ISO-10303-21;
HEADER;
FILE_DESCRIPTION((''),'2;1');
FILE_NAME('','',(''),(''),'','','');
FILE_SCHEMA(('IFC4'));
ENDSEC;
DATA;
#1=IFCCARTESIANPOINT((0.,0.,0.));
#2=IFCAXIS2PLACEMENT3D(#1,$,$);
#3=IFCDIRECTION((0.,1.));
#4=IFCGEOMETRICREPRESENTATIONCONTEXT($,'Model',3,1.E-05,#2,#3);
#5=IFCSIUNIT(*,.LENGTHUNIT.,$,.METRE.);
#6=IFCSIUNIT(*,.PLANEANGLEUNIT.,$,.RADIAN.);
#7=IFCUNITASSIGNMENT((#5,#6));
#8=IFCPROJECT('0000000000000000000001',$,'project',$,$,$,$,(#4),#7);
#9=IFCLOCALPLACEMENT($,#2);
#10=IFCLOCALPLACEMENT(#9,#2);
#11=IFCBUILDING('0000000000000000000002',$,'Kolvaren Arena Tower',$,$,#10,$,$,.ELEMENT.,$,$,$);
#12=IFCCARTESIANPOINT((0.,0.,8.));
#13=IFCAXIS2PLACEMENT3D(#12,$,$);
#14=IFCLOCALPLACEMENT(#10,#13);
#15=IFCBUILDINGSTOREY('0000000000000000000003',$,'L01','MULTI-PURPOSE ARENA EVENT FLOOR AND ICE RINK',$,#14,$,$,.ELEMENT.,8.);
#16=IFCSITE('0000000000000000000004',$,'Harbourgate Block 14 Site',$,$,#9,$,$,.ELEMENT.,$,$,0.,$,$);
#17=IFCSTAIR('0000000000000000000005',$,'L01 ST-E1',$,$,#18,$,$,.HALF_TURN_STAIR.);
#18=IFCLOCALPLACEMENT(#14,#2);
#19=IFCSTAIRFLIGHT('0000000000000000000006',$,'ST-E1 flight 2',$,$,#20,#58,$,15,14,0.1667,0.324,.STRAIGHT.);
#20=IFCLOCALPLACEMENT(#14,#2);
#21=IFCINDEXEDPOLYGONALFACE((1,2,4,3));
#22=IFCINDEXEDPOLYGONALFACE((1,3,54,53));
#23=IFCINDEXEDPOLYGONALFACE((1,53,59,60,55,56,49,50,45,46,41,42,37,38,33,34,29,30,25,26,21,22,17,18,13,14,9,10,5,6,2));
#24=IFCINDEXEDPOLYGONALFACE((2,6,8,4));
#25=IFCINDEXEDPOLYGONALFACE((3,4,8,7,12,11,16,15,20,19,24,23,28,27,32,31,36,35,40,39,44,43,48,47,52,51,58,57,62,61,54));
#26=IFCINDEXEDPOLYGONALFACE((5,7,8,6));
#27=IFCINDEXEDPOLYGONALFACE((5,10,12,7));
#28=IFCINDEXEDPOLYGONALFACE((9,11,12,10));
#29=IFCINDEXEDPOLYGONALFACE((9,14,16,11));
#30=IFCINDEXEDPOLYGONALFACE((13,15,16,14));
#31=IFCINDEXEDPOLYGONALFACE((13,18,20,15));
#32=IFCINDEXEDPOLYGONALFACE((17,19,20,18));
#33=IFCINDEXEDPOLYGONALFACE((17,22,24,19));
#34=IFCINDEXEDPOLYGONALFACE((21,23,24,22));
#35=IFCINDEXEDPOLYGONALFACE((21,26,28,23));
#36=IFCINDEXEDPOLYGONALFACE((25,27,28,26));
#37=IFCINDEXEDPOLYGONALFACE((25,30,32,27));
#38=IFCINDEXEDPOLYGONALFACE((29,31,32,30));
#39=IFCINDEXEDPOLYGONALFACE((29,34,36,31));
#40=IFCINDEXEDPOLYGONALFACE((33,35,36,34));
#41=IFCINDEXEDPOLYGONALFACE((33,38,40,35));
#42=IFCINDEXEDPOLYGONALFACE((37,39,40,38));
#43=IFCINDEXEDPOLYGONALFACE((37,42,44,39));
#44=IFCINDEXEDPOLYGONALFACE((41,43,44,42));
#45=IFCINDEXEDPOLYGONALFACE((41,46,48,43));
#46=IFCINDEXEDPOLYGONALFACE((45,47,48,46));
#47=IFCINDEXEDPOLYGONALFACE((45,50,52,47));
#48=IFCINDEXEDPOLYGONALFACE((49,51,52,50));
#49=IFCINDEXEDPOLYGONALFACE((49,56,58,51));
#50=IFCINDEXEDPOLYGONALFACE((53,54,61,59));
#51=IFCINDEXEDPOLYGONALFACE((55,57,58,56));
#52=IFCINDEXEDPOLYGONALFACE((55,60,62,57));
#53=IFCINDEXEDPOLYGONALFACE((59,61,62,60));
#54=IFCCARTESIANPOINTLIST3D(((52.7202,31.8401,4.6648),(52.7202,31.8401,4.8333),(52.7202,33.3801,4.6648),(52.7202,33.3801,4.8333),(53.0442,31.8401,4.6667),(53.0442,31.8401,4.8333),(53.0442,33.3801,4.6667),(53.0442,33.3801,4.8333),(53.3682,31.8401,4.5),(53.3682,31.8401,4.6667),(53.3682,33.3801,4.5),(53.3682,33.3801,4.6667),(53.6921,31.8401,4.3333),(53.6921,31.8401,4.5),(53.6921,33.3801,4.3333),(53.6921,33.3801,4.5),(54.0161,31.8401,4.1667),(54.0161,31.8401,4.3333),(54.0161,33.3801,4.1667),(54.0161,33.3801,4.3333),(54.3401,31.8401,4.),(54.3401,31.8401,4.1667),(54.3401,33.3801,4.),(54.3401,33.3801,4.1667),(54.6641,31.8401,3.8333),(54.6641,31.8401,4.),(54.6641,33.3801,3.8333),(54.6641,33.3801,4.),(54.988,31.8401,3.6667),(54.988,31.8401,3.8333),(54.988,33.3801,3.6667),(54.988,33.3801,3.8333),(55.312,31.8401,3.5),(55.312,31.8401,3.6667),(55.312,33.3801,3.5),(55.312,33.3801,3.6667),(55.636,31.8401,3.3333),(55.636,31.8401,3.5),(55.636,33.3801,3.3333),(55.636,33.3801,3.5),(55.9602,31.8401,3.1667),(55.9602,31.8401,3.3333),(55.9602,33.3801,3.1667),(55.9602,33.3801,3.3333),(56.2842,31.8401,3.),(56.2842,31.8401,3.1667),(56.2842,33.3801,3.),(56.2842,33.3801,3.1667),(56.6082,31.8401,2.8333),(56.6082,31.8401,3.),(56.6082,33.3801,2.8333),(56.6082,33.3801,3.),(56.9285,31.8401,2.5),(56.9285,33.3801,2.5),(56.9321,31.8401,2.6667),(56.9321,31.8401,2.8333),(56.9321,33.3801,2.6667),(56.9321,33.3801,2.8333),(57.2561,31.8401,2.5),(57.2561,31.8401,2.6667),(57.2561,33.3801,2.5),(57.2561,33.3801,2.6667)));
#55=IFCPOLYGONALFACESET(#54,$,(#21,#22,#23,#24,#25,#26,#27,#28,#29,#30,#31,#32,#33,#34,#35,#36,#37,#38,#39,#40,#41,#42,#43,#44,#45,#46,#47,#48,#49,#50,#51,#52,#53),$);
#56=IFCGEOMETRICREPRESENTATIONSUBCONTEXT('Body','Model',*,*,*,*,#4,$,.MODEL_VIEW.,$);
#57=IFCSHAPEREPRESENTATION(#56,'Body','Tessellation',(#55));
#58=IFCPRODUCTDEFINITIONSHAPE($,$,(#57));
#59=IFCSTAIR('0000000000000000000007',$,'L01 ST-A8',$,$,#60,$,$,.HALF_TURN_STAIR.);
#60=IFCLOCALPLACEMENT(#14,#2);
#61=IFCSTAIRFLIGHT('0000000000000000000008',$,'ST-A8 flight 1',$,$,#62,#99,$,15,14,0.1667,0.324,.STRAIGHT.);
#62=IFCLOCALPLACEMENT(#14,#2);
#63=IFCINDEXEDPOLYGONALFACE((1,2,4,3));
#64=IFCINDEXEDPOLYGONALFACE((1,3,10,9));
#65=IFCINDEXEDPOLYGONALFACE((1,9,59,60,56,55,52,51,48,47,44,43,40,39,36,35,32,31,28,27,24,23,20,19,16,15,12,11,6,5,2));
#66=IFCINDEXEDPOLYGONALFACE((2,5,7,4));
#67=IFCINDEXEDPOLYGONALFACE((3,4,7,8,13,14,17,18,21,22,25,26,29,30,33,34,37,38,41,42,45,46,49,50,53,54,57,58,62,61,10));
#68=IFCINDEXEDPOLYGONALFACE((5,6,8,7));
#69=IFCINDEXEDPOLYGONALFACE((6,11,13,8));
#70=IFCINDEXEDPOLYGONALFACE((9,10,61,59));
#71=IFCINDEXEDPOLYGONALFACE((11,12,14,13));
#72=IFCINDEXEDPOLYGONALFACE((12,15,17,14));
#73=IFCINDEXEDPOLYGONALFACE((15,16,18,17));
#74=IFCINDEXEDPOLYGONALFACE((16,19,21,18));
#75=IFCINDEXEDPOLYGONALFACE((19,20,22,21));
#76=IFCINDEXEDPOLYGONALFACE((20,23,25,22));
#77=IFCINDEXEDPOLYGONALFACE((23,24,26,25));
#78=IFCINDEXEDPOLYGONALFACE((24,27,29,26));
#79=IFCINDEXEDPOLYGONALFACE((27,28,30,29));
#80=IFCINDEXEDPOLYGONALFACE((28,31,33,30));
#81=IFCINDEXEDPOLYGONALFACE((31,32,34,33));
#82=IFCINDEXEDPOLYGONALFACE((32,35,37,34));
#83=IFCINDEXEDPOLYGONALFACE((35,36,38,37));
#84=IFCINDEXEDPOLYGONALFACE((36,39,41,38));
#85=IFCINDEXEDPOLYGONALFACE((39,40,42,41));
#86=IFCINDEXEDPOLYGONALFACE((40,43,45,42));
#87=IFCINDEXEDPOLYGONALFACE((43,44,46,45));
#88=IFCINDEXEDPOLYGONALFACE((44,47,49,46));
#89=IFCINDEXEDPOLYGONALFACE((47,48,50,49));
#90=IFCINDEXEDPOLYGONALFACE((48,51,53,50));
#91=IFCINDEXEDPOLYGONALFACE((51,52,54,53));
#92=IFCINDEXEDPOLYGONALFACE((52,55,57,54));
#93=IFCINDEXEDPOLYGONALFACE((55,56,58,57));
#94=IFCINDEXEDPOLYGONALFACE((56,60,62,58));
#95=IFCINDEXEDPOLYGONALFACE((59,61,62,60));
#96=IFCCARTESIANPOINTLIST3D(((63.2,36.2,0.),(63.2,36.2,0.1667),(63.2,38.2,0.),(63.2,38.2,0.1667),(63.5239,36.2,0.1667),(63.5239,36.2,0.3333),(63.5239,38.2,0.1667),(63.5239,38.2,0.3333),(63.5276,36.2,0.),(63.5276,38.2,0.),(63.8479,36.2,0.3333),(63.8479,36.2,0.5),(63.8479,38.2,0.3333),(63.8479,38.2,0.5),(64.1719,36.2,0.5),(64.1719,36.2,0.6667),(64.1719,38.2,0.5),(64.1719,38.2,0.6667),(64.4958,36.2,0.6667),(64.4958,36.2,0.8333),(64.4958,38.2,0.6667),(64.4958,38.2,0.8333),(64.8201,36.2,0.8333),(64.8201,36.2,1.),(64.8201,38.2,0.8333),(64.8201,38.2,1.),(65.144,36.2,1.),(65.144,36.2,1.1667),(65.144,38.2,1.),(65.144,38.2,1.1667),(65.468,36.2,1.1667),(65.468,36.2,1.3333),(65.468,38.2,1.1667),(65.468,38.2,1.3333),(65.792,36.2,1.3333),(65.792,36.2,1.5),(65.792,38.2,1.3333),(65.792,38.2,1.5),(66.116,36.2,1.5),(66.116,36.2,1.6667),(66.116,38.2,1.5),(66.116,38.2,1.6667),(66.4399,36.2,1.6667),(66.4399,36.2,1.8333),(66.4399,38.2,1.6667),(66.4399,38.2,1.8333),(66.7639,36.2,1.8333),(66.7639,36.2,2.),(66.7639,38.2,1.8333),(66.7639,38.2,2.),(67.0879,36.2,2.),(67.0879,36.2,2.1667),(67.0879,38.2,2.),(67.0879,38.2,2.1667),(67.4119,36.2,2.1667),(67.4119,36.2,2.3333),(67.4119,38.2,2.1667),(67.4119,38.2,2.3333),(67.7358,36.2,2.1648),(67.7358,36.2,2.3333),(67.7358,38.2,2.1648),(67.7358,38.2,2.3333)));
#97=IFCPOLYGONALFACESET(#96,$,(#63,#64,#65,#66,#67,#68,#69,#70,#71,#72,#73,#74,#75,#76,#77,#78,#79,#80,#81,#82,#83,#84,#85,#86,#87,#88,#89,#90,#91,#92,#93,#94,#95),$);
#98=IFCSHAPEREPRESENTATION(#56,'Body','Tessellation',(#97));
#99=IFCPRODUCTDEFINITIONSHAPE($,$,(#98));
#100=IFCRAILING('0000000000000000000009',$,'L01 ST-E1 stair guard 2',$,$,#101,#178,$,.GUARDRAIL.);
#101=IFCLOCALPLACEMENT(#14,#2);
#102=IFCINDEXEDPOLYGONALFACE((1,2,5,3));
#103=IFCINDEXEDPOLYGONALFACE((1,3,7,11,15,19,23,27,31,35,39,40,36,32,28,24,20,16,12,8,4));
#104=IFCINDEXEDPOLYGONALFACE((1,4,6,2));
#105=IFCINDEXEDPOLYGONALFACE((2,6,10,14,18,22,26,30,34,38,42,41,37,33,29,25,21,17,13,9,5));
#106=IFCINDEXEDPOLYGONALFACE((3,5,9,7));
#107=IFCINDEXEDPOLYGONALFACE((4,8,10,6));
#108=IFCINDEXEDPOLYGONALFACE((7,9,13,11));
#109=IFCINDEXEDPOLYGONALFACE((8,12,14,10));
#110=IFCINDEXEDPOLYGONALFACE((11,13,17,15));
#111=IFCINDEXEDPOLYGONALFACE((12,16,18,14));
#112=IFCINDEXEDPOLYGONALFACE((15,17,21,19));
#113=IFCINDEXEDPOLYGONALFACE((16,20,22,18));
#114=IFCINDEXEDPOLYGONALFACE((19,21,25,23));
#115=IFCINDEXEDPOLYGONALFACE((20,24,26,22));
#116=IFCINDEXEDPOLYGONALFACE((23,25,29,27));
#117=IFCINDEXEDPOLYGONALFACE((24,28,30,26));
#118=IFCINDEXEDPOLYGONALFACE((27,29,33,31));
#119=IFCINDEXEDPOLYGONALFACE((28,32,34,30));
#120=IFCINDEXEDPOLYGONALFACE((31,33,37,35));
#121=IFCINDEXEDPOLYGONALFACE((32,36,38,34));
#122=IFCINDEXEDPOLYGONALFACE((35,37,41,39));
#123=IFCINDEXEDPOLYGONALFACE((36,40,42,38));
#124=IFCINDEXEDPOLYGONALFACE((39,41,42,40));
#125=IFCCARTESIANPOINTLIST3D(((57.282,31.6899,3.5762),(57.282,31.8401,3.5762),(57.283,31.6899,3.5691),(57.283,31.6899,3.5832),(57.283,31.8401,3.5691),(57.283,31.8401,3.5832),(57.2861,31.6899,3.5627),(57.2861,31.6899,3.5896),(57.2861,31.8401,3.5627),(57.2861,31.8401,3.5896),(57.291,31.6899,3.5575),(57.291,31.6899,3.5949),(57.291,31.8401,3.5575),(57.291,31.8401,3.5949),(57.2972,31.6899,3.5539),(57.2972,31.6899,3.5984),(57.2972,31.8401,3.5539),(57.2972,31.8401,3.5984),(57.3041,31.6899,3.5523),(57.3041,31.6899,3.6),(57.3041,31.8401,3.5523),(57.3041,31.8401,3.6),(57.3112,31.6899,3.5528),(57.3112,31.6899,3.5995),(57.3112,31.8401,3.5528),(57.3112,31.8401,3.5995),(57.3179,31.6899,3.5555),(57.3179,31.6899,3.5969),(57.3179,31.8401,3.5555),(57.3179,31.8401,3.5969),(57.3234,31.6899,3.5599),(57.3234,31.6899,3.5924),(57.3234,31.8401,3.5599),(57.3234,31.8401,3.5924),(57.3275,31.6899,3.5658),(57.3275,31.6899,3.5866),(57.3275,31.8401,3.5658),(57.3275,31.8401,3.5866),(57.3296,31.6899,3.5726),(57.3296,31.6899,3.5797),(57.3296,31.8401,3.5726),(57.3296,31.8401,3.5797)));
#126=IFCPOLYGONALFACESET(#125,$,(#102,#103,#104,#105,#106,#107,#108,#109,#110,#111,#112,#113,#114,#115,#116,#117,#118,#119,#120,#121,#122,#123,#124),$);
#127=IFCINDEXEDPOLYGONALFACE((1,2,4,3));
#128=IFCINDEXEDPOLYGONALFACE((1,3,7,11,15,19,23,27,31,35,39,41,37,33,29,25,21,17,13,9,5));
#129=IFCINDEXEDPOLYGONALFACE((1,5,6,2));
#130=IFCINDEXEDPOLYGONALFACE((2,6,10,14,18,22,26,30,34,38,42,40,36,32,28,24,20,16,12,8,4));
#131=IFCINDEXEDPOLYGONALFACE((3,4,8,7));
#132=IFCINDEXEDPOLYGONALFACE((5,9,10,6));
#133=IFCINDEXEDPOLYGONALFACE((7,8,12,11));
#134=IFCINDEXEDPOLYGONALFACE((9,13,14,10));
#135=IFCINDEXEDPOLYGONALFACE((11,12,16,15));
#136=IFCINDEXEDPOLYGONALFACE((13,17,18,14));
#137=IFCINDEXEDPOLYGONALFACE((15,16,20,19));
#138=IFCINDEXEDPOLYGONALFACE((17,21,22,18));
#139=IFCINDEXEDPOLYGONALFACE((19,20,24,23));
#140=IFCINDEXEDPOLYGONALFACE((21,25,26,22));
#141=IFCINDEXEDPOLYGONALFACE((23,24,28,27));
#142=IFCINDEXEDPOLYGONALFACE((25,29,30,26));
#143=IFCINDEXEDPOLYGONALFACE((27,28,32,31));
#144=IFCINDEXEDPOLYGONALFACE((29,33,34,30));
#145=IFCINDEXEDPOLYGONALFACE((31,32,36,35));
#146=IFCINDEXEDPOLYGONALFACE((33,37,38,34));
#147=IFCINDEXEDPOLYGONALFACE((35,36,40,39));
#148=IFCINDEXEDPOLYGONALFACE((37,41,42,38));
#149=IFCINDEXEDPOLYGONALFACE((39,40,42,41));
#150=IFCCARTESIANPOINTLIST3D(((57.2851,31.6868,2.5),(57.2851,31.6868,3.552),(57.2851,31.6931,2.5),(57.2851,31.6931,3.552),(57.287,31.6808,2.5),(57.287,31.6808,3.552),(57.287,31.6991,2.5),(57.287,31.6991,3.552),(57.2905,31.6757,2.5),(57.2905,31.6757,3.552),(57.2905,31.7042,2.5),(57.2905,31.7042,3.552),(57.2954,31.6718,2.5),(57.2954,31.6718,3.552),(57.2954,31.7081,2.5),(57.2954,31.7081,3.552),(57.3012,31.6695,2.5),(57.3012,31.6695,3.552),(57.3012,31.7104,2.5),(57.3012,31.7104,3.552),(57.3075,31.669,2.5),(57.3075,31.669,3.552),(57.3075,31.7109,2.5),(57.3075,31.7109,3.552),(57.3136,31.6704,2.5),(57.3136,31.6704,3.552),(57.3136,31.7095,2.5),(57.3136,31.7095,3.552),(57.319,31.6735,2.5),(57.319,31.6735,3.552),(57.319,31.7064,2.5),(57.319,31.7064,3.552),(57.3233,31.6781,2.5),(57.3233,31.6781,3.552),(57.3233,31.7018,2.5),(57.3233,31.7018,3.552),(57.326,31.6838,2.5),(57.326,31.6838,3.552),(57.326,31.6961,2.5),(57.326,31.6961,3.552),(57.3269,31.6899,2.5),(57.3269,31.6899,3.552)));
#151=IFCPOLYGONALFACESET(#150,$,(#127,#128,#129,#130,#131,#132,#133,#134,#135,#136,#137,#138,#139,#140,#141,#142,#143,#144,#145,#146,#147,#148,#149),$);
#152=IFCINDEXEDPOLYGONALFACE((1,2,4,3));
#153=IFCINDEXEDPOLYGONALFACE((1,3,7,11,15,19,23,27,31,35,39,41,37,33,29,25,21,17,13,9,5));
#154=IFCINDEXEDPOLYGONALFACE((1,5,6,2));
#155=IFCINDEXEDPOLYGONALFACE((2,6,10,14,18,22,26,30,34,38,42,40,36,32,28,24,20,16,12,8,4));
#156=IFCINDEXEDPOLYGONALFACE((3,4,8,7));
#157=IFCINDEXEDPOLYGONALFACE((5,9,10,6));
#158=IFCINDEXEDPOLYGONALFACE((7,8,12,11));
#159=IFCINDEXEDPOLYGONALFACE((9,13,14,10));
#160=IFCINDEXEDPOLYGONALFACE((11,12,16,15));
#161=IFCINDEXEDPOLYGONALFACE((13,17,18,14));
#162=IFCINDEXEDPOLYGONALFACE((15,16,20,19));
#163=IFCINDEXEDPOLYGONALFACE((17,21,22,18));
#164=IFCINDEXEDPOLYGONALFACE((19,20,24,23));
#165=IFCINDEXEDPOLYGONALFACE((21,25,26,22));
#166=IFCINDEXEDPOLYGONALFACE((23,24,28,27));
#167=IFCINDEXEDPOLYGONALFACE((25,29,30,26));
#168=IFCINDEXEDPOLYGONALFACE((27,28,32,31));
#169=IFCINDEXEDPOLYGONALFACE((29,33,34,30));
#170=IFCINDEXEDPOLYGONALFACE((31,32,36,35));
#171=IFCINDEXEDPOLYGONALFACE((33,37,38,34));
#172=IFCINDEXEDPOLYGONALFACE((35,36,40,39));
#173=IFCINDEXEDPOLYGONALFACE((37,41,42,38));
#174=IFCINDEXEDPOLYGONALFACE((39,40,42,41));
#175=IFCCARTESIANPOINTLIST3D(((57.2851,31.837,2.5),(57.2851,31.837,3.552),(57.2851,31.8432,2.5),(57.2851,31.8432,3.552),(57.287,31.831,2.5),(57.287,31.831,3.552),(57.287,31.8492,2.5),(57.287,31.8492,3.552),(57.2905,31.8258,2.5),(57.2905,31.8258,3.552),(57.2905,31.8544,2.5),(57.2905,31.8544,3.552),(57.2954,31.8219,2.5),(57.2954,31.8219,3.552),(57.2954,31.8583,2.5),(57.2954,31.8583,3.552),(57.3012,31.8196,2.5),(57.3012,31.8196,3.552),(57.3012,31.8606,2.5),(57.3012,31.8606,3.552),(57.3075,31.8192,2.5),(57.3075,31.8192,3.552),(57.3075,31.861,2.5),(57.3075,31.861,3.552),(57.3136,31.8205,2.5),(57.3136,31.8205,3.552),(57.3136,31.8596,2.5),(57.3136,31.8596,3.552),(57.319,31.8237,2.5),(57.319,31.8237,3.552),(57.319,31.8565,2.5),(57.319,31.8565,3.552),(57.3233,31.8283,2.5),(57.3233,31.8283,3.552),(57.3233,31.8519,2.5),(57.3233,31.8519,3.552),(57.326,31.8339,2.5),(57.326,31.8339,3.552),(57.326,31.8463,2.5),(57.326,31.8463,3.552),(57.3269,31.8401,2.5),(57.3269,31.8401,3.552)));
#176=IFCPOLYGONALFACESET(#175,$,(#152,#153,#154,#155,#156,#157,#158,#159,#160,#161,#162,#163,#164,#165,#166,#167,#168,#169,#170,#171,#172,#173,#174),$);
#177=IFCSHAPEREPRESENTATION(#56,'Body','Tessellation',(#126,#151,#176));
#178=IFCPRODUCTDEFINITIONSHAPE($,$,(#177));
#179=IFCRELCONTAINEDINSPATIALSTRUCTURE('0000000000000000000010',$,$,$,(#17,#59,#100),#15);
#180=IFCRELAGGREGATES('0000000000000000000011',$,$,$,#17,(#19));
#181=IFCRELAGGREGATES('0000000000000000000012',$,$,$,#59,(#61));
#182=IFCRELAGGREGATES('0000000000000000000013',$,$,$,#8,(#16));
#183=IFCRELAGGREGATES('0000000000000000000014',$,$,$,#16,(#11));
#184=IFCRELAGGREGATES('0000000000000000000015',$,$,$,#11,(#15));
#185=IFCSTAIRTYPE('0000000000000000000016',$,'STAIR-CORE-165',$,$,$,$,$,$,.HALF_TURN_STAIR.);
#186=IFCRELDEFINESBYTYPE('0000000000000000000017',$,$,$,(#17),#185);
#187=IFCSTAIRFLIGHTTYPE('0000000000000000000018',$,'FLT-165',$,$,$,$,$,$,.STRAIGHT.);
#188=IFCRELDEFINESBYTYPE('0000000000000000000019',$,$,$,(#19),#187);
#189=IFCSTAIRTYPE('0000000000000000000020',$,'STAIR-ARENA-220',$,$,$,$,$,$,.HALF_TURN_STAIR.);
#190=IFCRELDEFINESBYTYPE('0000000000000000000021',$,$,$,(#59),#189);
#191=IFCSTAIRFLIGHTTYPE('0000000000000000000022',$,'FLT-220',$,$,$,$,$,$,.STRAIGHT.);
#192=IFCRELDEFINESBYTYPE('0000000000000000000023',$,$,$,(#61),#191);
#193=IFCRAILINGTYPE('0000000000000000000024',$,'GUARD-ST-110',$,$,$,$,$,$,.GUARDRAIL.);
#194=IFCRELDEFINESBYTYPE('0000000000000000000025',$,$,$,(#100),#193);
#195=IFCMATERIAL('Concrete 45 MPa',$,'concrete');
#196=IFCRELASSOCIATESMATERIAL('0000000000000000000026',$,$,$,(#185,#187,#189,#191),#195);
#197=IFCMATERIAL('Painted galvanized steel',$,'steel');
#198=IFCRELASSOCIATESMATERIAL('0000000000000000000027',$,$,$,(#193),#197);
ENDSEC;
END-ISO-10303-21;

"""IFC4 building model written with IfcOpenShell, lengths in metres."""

from ifc_helpers import new_model, si_unit, direction, frame, origin, origin_2d, place, context, subcontext, project, spatial, polyline, circle, outline, extrude, material, type_object, element, aggregate, save


model = new_model("IFC4")

# Units and contexts
model_context = context("Model", 3, precision=1e-05, world=origin(), true_north=direction((0.0, 1.0)))
body_context = subcontext(model_context, "Body", "Model", "MODEL_VIEW")
ifc_project = project(units=[si_unit("LENGTHUNIT", "METRE"), si_unit("PLANEANGLEUNIT", "RADIAN")], contexts=[model_context])

# Site, building, storey
site_placement = place(None, origin())
site = spatial("IfcSite", under=ifc_project, at=site_placement, Name="Harbourgate Block 14 Site", CompositionType="ELEMENT", RefElevation=0.0)
building_placement = place(site_placement, origin())
building = spatial("IfcBuilding", under=site, at=building_placement, Name="Kolvaren Arena Tower", CompositionType="ELEMENT")
storey_placement = place(building_placement, frame((0.0, 0.0, 8.0)))
storey = spatial("IfcBuildingStorey", under=building, at=storey_placement, Name="L01", Description="MULTI-PURPOSE ARENA EVENT FLOOR AND ICE RINK", CompositionType="ELEMENT", Elevation=8.0)

# Shared definitions
ifc_material_1 = material(Name="Concrete 45 MPa", Category="concrete")

# Stairs, stair flights
stair_type_1 = type_object("IfcStairType", Name="STAIR-CORE-165", PredefinedType="HALF_TURN_STAIR", material=ifc_material_1)
stair_1_placement = place(storey_placement, origin())
stair_1 = element("IfcStair", 1, at=stair_1_placement, inside=storey, type_object=stair_type_1, Name="L01 ST-E1", PredefinedType="HALF_TURN_STAIR")
stair_flight_type_1 = type_object("IfcStairFlightType", Name="FLT-165", PredefinedType="STRAIGHT", material=ifc_material_1)
stair_flight_1_placement = place(storey_placement, frame((57.2561, 32.6101, 2.5), z_axis=(0.0, 0.0, 1.0), x_axis=(-1.0, 0.0, 0.0)))
stair_flight_1 = element("IfcStairFlight", 2, at=stair_flight_1_placement, type_object=stair_flight_type_1, Name="ST-E1 flight 2", NumberOfRisers=15, NumberOfTreads=14, PredefinedType="STRAIGHT", RiserHeight=0.1667, TreadLength=0.324, context=body_context, shape_type="SweptSolid", body=[
    extrude(outline(polyline([(0.0, 0.0), (0.0, 0.1667), (0.324, 0.1667), (0.324, 0.3333), (0.6479, 0.3333), (0.6479, 0.5), (0.9719, 0.5), (0.9719, 0.6667), (1.2959, 0.6667), (1.2959, 0.8333), (1.6201, 0.8333), (1.6201, 1.0), (1.9441, 1.0), (1.9441, 1.1667), (2.2681, 1.1667), (2.2681, 1.3333), (2.592, 1.3333), (2.592, 1.5), (2.916, 1.5), (2.916, 1.6667), (3.24, 1.6667), (3.24, 1.8333), (3.564, 1.8333), (3.564, 2.0), (3.8879, 2.0), (3.8879, 2.1667), (4.2119, 2.1667), (4.2119, 2.3333), (4.5359, 2.3333), (4.5359, 2.5), (4.5359, 2.1648), (0.3276, 0.0), (0.0, 0.0)])), frame((0.0, 0.77, 0.0), z_axis=(0.0, -1.0, 0.0), x_axis=(1.0, 0.0, 0.0)), (0.0, 0.0, 1.0), 1.54),
])
aggregate(stair_1, [stair_flight_1])
stair_type_2 = type_object("IfcStairType", Name="STAIR-ARENA-220", PredefinedType="HALF_TURN_STAIR", material=ifc_material_1)
stair_2_placement = place(storey_placement, origin())
stair_2 = element("IfcStair", 3, at=stair_2_placement, inside=storey, type_object=stair_type_2, Name="L01 ST-A8", PredefinedType="HALF_TURN_STAIR")
stair_flight_type_2 = type_object("IfcStairFlightType", Name="FLT-220", PredefinedType="STRAIGHT", material=ifc_material_1)
stair_flight_2_placement = place(storey_placement, frame((63.2, 37.2, 0.0), z_axis=(0.0, 0.0, 1.0), x_axis=(1.0, 0.0, 0.0)))
stair_flight_2 = element("IfcStairFlight", 4, at=stair_flight_2_placement, type_object=stair_flight_type_2, Name="ST-A8 flight 1", NumberOfRisers=15, NumberOfTreads=14, PredefinedType="STRAIGHT", RiserHeight=0.1667, TreadLength=0.324, context=body_context, shape_type="SweptSolid", body=[
    extrude(outline(polyline([(0.0, 0.0), (0.0, 0.1667), (0.324, 0.1667), (0.324, 0.3333), (0.6479, 0.3333), (0.6479, 0.5), (0.9719, 0.5), (0.9719, 0.6667), (1.2959, 0.6667), (1.2959, 0.8333), (1.6201, 0.8333), (1.6201, 1.0), (1.9441, 1.0), (1.9441, 1.1667), (2.2681, 1.1667), (2.2681, 1.3333), (2.592, 1.3333), (2.592, 1.5), (2.916, 1.5), (2.916, 1.6667), (3.24, 1.6667), (3.24, 1.8333), (3.564, 1.8333), (3.564, 2.0), (3.8879, 2.0), (3.8879, 2.1667), (4.2119, 2.1667), (4.2119, 2.3333), (4.5359, 2.3333), (4.5359, 2.5), (4.5359, 2.1648), (0.3276, 0.0), (0.0, 0.0)])), frame((0.0, 1.0, 0.0), z_axis=(0.0, -1.0, 0.0), x_axis=(1.0, 0.0, 0.0)), (0.0, 0.0, 1.0), 2.0),
])
aggregate(stair_2, [stair_flight_2])

# Railing
ifc_material_2 = material(Name="Painted galvanized steel", Category="steel")
railing_type_1 = type_object("IfcRailingType", Name="GUARD-ST-110", PredefinedType="GUARDRAIL", material=ifc_material_2)
railing_1_placement = place(storey_placement, frame((57.3059, 31.6899, 2.5)))
element("IfcRailing", 5, at=railing_1_placement, inside=storey, type_object=railing_type_1, Name="L01 ST-E1 stair guard 2", PredefinedType="GUARDRAIL", context=body_context, shape_type="SweptSolid", body=[
    extrude(circle(Radius=0.0239, at=origin_2d()), frame((0.0, 0.0, 1.0762), z_axis=(0.0, 1.0, 0.0), x_axis=(-1.0, 0.0, 0.0)), (0.0, 0.0, 1.0), 0.1501),
    extrude(circle(Radius=0.021, at=origin_2d()), origin(), (0.0, 0.0, 1.0), 1.052),
    extrude(circle(Radius=0.021, at=origin_2d()), frame((0.0, 0.1501, 0.0)), (0.0, 0.0, 1.0), 1.052),
])

save(model, "model.ifc")
